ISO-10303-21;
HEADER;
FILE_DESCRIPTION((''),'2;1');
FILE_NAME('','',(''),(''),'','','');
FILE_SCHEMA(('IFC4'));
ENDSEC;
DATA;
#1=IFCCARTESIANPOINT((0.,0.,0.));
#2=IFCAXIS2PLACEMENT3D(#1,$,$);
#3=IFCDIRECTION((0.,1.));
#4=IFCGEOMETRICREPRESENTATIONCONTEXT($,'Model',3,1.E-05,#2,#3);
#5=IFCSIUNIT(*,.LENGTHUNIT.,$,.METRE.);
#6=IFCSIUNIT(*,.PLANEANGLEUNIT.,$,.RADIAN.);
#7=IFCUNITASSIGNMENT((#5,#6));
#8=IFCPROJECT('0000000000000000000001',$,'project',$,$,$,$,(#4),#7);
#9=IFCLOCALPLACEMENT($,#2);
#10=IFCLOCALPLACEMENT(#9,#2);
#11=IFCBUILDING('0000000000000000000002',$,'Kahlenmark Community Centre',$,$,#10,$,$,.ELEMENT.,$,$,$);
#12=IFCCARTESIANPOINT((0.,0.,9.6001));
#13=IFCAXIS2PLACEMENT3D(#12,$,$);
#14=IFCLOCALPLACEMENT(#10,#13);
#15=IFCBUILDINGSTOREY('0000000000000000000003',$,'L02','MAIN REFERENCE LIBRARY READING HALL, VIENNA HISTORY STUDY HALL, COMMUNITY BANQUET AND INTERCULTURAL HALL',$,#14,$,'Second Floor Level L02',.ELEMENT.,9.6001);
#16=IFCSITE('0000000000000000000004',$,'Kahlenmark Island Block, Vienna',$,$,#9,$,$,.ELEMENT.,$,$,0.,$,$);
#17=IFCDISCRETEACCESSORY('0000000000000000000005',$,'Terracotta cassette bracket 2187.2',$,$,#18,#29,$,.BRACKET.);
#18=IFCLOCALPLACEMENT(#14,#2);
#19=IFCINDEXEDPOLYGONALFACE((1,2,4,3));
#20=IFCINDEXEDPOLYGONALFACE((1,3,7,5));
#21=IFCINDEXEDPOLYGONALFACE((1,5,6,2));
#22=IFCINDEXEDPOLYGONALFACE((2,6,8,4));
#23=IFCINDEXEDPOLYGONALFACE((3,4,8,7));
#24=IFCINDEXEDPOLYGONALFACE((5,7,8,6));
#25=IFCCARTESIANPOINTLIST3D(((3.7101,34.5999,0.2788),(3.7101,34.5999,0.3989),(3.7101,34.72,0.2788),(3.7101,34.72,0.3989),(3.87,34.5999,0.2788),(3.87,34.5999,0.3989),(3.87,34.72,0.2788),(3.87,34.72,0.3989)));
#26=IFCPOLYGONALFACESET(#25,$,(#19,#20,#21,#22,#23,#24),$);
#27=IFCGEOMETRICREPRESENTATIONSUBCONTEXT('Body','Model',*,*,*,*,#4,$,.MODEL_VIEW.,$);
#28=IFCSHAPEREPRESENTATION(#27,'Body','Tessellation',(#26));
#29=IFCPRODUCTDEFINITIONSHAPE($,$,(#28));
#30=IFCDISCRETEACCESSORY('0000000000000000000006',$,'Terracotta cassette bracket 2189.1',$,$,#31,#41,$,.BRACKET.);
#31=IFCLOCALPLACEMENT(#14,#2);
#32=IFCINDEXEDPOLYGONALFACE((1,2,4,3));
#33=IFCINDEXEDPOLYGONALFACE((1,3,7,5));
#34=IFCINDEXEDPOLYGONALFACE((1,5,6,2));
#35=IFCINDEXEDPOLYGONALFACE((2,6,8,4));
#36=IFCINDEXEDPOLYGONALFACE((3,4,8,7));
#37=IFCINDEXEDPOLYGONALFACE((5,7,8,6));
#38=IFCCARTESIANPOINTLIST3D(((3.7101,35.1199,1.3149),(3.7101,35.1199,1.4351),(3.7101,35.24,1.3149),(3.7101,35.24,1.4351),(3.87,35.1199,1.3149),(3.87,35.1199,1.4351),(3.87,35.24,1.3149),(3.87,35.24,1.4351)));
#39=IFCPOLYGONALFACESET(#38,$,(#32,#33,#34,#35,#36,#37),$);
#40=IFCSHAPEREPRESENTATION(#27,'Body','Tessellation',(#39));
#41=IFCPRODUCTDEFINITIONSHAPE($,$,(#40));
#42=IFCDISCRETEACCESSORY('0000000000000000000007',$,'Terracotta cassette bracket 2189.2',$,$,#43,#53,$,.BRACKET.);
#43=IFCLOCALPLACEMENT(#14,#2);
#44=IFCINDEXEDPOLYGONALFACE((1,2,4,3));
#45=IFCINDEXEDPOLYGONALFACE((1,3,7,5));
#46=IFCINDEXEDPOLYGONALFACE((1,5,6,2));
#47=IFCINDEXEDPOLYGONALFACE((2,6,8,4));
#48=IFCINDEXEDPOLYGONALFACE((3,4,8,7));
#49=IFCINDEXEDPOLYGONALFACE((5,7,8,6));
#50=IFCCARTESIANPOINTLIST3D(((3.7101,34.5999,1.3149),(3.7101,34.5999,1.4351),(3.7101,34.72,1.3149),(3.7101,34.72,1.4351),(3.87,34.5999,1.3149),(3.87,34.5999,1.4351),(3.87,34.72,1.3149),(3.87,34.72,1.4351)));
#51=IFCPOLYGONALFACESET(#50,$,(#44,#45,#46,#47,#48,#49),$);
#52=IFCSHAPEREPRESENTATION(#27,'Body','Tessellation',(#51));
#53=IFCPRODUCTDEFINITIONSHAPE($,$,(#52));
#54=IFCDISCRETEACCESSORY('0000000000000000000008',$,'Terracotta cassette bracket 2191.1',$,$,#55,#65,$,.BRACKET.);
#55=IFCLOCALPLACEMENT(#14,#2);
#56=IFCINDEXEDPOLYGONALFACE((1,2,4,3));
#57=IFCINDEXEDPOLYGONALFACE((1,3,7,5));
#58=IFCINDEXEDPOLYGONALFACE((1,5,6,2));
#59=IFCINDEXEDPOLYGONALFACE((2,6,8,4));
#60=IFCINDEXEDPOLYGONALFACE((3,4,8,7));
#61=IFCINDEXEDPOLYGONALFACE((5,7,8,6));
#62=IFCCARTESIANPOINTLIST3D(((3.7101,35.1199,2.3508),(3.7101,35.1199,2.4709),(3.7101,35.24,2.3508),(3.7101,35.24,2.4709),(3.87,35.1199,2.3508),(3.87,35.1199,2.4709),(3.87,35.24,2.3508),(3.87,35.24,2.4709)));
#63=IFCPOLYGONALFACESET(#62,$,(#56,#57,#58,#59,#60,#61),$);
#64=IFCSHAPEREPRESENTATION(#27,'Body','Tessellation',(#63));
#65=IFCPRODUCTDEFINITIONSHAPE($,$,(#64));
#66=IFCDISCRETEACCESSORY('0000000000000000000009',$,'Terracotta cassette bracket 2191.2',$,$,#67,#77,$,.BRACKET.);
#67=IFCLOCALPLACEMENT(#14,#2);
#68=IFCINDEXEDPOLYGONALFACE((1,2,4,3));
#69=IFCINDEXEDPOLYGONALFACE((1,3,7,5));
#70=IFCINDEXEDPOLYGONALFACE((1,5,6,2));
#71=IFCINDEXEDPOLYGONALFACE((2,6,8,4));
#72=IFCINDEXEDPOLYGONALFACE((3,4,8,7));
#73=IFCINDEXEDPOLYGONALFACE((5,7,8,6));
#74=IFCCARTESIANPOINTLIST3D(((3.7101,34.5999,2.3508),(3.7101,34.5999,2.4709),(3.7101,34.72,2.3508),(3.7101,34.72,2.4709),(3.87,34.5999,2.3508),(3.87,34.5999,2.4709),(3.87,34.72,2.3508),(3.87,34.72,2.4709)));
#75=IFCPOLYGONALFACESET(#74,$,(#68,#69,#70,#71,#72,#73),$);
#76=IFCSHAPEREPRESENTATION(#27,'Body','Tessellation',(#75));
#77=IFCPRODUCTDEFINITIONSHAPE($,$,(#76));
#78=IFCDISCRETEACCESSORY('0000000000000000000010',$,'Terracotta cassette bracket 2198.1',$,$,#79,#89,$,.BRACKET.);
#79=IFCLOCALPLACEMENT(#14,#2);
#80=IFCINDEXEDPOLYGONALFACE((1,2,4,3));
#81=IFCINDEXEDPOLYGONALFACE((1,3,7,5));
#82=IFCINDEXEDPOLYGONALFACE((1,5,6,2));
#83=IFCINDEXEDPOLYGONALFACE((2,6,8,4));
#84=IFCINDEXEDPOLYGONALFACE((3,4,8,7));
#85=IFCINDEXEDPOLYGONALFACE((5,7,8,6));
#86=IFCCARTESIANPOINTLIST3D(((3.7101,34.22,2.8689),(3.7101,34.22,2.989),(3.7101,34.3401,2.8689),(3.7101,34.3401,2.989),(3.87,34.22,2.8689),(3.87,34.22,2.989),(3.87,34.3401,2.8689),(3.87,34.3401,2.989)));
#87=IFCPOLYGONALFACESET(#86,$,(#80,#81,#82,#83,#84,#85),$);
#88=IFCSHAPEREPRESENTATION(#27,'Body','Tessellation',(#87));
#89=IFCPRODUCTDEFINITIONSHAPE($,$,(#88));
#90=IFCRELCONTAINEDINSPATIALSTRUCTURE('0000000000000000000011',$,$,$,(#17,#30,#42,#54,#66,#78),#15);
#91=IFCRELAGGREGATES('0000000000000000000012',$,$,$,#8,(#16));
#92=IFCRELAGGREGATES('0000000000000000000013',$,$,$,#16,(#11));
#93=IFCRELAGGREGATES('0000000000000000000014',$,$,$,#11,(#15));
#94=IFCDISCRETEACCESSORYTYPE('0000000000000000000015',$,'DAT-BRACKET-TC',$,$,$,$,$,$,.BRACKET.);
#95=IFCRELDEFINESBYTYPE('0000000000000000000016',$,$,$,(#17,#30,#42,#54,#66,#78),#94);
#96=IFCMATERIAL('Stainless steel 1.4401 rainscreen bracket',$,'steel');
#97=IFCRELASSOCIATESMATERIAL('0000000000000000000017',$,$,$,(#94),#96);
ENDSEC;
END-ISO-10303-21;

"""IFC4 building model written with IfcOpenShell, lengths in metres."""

from ifc_helpers import new_model, si_unit, direction, frame, origin, origin_2d, place, context, subcontext, project, spatial, rectangle, extrude, material, type_object, element, save


model = new_model("IFC4")

# Units and contexts
model_context = context("Model", 3, precision=1e-05, world=origin(), true_north=direction((0.0, 1.0)))
body_context = subcontext(model_context, "Body", "Model", "MODEL_VIEW")
ifc_project = project(units=[si_unit("LENGTHUNIT", "METRE"), si_unit("PLANEANGLEUNIT", "RADIAN")], contexts=[model_context])

# Site, building, storey
site_placement = place(None, origin())
site = spatial("IfcSite", under=ifc_project, at=site_placement, Name="Kahlenmark Island Block, Vienna", CompositionType="ELEMENT", RefElevation=0.0)
building_placement = place(site_placement, origin())
building = spatial("IfcBuilding", under=site, at=building_placement, Name="Kahlenmark Community Centre", CompositionType="ELEMENT")
storey_placement = place(building_placement, frame((0.0, 0.0, 9.6001)))
storey = spatial("IfcBuildingStorey", under=building, at=storey_placement, Name="L02", Description="MAIN REFERENCE LIBRARY READING HALL, VIENNA HISTORY STUDY HALL, COMMUNITY BANQUET AND INTERCULTURAL HALL", LongName="Second Floor Level L02", CompositionType="ELEMENT", Elevation=9.6001)

# Discrete accessories
ifc_material_1 = material(Name="Stainless steel 1.4401 rainscreen bracket", Category="steel")
discrete_accessory_type = type_object("IfcDiscreteAccessoryType", Name="DAT-BRACKET-TC", PredefinedType="BRACKET", material=ifc_material_1)
for number, where, z_axis, x_axis, name in (
    (1, (3.79, 34.6599, 0.2788), (0.0, 0.0, 1.0), (0.0, -1.0, 0.0), "Terracotta cassette bracket 2187.2"),
    (2, (3.79, 35.1799, 1.3149), (0.0, 0.0, 1.0), (0.0, -1.0, 0.0), "Terracotta cassette bracket 2189.1"),
    (3, (3.79, 34.6599, 1.3149), (0.0, 0.0, 1.0), (0.0, -1.0, 0.0), "Terracotta cassette bracket 2189.2"),
    (4, (3.79, 35.1799, 2.3508), (0.0, 0.0, 1.0), (0.0, -1.0, 0.0), "Terracotta cassette bracket 2191.1"),
    (5, (3.79, 34.6599, 2.3508), (0.0, 0.0, 1.0), (0.0, -1.0, 0.0), "Terracotta cassette bracket 2191.2"),
    (6, (3.79, 34.28, 2.8689), (0.0, 0.0, 1.0), (0.0, -1.0, 0.0), "Terracotta cassette bracket 2198.1"),
):
    element("IfcDiscreteAccessory", number, at=place(storey_placement, frame(where, z_axis=z_axis, x_axis=x_axis)), inside=storey, type_object=discrete_accessory_type, Name=name, PredefinedType="BRACKET", context=body_context, shape_type="SweptSolid", body=[
        extrude(rectangle(XDim=0.1201, YDim=0.1599, at=origin_2d()), origin(), (0.0, 0.0, 1.0), 0.1201),
    ])

save(model, "model.ifc")
